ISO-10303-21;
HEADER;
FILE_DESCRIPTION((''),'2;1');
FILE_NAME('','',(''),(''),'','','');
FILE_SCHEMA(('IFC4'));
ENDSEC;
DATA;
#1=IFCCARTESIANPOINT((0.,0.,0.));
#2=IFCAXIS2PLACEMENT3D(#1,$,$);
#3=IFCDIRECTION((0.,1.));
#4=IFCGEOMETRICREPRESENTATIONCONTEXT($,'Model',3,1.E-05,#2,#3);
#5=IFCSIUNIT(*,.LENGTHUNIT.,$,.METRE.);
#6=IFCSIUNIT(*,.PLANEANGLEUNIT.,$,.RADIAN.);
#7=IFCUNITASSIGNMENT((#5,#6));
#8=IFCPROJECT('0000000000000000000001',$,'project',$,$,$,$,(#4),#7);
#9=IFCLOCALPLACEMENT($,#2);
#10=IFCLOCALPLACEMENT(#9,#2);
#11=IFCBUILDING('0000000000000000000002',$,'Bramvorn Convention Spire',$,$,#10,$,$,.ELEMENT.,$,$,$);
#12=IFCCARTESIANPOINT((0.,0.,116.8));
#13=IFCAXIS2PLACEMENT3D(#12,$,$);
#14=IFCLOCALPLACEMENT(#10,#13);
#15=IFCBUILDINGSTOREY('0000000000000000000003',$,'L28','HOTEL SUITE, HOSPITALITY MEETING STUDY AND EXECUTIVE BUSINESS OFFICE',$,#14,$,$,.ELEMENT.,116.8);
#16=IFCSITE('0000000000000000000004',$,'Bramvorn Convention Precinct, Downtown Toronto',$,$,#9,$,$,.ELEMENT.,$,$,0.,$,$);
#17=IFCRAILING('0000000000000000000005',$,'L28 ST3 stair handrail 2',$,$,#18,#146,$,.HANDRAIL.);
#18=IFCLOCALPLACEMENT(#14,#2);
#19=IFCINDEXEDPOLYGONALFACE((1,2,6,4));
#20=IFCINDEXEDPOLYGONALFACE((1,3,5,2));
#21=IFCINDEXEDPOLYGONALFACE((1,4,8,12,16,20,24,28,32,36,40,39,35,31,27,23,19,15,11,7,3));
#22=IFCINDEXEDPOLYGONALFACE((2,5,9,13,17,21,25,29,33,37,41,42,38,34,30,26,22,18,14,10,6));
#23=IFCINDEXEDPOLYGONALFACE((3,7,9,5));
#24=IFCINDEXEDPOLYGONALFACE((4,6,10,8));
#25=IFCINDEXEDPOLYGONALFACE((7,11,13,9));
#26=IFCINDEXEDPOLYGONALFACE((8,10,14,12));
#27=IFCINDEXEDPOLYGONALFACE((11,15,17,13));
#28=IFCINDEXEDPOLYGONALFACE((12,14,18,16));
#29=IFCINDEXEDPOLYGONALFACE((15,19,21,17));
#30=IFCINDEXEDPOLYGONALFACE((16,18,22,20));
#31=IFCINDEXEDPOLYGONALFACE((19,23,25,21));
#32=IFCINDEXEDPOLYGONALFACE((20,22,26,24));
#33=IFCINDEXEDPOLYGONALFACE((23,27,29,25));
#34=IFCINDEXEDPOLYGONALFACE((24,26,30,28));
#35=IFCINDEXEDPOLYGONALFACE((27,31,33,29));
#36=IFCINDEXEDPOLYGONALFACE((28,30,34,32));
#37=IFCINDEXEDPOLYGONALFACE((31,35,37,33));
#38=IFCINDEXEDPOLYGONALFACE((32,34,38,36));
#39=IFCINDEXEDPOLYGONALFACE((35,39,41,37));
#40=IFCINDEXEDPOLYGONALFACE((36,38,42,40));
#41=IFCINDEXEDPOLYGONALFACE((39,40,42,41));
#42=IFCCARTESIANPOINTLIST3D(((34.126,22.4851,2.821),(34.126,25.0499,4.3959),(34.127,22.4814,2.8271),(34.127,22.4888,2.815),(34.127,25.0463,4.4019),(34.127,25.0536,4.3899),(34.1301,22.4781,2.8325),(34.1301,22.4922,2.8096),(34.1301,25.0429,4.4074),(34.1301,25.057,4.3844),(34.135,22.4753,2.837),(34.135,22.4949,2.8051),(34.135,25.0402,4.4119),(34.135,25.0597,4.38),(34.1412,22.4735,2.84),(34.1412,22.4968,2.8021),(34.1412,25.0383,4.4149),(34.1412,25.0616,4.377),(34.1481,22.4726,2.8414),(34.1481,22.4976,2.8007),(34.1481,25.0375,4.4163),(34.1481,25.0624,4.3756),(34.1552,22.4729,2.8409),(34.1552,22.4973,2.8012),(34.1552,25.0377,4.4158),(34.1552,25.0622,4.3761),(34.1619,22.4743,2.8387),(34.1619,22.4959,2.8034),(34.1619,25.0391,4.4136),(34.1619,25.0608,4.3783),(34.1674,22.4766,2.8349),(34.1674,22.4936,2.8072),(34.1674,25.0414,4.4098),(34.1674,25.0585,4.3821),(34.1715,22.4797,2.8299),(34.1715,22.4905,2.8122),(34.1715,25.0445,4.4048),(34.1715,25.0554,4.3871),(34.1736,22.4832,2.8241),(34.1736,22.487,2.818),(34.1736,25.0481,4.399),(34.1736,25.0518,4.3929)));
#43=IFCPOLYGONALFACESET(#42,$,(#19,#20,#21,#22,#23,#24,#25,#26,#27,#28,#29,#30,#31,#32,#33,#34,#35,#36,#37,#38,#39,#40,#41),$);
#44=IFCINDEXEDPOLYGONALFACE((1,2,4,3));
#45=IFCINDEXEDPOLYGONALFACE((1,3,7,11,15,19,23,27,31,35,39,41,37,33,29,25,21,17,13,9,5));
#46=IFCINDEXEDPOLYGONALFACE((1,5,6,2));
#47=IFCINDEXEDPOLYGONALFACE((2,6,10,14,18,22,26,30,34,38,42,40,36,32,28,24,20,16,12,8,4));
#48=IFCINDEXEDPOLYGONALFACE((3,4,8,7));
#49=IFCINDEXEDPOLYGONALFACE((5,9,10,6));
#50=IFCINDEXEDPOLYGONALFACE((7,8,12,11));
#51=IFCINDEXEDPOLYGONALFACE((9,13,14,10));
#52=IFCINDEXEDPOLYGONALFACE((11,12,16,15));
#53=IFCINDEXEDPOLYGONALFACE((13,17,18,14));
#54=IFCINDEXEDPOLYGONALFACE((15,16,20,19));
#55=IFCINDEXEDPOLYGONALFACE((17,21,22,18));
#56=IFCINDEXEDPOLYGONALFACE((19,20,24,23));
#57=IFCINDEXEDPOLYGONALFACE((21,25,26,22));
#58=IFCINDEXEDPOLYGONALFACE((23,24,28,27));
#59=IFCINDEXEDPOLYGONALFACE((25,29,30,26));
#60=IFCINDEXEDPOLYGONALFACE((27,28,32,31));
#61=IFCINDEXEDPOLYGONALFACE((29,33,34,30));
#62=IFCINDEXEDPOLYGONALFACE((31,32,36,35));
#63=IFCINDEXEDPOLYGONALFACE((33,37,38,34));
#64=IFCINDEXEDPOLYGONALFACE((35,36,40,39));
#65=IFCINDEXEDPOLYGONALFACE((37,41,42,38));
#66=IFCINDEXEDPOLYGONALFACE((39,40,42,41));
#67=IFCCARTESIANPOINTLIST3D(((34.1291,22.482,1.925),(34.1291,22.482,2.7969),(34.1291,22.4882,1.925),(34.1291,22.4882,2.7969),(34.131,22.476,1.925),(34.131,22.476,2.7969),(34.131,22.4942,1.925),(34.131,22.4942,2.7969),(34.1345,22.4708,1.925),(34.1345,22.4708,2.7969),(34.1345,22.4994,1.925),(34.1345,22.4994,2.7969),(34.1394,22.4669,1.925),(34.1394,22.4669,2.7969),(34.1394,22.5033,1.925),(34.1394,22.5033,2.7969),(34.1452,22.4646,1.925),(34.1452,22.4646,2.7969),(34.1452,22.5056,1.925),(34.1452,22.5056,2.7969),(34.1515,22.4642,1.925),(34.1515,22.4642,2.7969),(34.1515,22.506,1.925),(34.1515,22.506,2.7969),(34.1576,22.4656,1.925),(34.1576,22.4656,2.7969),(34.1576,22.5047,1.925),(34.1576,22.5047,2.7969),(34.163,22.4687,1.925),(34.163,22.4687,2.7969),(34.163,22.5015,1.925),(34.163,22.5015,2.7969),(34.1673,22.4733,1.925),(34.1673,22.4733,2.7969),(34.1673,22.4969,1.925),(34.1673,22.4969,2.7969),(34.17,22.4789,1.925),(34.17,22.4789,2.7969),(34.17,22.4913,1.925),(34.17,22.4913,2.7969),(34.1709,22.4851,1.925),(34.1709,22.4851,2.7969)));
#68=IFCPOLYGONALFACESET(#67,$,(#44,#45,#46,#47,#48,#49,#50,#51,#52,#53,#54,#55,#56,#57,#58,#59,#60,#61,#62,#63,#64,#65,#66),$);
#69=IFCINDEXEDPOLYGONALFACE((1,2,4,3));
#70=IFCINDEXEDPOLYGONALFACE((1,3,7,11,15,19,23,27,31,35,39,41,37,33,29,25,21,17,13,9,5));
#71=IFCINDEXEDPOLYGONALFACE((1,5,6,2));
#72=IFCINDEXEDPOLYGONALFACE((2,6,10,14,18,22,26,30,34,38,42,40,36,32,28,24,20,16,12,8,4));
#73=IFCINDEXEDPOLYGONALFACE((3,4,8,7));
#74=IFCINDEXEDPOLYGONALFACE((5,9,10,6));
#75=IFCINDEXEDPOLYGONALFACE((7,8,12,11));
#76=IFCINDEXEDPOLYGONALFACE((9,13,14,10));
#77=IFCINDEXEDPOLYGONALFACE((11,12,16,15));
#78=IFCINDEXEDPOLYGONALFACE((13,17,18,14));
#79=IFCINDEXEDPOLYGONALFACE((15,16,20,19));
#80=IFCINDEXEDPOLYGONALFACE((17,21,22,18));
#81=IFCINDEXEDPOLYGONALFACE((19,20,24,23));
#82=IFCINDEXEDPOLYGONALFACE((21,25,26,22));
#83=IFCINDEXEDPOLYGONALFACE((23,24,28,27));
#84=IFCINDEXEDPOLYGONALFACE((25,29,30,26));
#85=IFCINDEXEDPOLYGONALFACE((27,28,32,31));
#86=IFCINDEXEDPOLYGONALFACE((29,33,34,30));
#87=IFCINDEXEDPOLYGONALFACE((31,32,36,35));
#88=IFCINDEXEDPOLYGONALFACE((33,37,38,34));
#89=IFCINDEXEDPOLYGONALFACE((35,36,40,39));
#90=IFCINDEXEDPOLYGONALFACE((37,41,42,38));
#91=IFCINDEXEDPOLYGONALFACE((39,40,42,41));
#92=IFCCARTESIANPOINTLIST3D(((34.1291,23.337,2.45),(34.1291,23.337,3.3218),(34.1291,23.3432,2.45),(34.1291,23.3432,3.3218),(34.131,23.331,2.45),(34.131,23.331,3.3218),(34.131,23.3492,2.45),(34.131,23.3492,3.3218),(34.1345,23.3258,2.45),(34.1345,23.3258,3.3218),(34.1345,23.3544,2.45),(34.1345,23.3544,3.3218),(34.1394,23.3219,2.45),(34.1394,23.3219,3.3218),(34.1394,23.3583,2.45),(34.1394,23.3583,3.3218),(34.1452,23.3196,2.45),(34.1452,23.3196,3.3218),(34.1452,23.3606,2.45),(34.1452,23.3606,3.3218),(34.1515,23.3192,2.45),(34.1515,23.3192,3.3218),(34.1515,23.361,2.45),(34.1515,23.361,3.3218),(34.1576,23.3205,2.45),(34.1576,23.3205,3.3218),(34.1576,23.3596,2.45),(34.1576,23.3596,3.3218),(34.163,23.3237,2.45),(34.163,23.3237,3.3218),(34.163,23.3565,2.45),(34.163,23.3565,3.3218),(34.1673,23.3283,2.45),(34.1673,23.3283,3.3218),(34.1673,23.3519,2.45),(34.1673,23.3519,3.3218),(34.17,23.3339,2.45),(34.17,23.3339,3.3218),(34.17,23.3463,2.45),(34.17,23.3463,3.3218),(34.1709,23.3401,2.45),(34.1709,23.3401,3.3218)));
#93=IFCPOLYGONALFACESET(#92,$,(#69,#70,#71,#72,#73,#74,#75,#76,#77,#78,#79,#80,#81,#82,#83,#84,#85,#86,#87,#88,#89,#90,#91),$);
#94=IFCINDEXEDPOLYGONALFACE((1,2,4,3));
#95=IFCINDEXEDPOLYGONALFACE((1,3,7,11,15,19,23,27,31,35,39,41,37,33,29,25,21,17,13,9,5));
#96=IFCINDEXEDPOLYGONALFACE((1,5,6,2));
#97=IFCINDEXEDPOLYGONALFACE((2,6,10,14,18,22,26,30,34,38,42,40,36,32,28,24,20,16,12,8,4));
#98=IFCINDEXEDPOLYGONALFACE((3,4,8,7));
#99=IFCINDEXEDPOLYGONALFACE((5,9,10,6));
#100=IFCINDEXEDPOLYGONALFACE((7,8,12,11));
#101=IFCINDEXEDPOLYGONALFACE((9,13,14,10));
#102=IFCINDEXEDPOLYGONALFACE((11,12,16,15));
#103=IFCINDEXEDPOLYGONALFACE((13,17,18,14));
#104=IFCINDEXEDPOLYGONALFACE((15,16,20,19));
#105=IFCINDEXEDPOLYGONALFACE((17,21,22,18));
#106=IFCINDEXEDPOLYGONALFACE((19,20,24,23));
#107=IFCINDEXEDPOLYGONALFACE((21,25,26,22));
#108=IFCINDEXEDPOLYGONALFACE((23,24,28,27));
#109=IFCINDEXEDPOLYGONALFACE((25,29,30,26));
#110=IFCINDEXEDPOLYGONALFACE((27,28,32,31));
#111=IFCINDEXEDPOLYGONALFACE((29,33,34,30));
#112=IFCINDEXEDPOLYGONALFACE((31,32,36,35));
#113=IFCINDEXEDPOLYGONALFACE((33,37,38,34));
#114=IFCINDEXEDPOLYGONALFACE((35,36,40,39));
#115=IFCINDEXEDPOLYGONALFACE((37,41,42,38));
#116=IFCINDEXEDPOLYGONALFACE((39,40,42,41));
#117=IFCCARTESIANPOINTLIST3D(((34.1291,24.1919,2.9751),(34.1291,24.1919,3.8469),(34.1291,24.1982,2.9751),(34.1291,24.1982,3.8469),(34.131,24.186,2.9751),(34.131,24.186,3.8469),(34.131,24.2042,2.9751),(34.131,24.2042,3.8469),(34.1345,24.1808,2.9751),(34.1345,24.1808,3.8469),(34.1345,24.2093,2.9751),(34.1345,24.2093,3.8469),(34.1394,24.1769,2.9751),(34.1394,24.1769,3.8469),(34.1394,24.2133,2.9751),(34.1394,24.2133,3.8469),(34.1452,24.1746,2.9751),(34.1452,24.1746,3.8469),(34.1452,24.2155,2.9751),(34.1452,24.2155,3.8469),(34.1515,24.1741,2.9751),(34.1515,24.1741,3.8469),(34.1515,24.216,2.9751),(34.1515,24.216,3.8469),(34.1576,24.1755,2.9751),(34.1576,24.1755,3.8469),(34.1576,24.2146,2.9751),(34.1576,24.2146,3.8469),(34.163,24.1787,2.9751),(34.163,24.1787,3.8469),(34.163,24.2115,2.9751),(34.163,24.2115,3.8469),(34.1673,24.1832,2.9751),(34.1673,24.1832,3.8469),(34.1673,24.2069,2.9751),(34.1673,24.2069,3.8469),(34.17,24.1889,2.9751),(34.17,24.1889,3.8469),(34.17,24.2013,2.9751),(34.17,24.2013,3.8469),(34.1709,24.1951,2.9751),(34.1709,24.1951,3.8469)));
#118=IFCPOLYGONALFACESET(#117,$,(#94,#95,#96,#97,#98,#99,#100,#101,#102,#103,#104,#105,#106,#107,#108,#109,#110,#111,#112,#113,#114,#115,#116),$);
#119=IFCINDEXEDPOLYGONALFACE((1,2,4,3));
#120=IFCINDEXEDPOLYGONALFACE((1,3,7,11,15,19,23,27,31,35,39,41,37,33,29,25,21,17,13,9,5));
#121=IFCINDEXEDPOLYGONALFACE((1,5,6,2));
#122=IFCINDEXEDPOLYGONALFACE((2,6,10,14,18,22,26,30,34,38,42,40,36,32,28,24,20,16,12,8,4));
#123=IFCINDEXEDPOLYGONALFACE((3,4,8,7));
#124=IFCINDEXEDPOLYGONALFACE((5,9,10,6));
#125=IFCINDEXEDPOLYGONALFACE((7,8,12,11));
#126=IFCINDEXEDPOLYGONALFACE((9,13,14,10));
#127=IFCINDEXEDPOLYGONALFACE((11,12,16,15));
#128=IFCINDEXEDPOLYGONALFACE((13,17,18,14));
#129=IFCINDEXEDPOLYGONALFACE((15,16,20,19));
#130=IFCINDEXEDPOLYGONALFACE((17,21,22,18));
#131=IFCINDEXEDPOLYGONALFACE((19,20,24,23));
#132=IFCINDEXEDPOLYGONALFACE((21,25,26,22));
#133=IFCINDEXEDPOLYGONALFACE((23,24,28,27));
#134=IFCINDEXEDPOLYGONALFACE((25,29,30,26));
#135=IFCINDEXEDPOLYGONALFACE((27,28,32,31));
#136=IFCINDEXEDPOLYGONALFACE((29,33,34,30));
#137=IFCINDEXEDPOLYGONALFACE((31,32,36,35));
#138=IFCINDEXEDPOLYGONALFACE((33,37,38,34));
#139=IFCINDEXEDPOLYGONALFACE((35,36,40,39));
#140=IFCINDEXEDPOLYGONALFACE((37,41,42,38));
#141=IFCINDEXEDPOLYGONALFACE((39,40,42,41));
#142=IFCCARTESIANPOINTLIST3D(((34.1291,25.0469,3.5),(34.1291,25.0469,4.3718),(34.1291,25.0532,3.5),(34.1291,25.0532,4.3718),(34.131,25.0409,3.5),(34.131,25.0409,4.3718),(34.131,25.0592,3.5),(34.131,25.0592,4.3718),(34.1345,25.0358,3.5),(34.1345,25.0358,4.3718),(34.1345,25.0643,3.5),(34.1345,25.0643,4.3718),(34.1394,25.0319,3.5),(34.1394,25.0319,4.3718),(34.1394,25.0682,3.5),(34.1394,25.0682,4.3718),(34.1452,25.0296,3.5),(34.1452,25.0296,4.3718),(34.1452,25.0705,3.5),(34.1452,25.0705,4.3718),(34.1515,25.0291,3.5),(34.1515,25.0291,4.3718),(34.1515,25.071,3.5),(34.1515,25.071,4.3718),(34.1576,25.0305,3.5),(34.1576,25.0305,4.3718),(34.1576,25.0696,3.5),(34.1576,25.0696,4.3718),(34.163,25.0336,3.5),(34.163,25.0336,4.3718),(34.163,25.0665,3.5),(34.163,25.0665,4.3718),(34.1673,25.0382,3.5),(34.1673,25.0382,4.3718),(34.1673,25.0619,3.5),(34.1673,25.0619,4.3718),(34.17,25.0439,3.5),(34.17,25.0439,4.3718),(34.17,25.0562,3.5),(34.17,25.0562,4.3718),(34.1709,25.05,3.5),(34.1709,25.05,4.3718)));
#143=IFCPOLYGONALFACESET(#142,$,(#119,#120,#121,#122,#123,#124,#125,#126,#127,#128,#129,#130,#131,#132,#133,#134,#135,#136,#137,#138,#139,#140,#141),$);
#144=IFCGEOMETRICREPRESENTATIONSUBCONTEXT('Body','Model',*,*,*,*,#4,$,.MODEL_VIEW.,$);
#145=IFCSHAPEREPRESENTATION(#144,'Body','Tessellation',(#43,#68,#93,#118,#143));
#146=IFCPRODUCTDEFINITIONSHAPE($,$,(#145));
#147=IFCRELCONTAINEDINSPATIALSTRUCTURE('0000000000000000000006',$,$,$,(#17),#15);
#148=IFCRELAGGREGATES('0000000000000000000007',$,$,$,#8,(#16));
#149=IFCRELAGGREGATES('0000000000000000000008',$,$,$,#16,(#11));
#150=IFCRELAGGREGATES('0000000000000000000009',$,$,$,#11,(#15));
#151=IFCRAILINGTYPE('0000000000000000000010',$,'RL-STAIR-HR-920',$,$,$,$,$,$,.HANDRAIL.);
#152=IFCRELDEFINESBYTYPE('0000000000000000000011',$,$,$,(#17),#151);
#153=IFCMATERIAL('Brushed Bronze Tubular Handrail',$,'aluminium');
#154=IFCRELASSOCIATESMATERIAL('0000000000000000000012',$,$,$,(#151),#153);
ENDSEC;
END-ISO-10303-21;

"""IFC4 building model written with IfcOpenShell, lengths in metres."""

from ifc_helpers import new_model, si_unit, direction, frame, origin, origin_2d, place, context, subcontext, project, spatial, circle, extrude, material, type_object, element, save


model = new_model("IFC4")

# Units and contexts
model_context = context("Model", 3, precision=1e-05, world=origin(), true_north=direction((0.0, 1.0)))
body_context = subcontext(model_context, "Body", "Model", "MODEL_VIEW")
ifc_project = project(units=[si_unit("LENGTHUNIT", "METRE"), si_unit("PLANEANGLEUNIT", "RADIAN")], contexts=[model_context])

# Site, building, storey
site_placement = place(None, origin())
site = spatial("IfcSite", under=ifc_project, at=site_placement, Name="Bramvorn Convention Precinct, Downtown Toronto", CompositionType="ELEMENT", RefElevation=0.0)
building_placement = place(site_placement, origin())
building = spatial("IfcBuilding", under=site, at=building_placement, Name="Bramvorn Convention Spire", CompositionType="ELEMENT")
storey_placement = place(building_placement, frame((0.0, 0.0, 116.8)))
storey = spatial("IfcBuildingStorey", under=building, at=storey_placement, Name="L28", Description="HOTEL SUITE, HOSPITALITY MEETING STUDY AND EXECUTIVE BUSINESS OFFICE", CompositionType="ELEMENT", Elevation=116.8)

# Railing
ifc_material_1 = material(Name="Brushed Bronze Tubular Handrail", Category="aluminium")
railing_type_1 = type_object("IfcRailingType", Name="RL-STAIR-HR-920", PredefinedType="HANDRAIL", material=ifc_material_1)
railing_1_placement = place(storey_placement, frame((34.1499, 22.4851, 1.925)))
element("IfcRailing", 1, at=railing_1_placement, inside=storey, type_object=railing_type_1, Name="L28 ST3 stair handrail 2", PredefinedType="HANDRAIL", context=body_context, shape_type="SweptSolid", body=[
    extrude(circle(Radius=0.0239, at=origin_2d()), frame((0.0, 0.0, 0.896), z_axis=(0.0, 0.852173, 0.52326), x_axis=(-1.0, 0.0, 0.0)), (0.0, 0.0, 1.0), 3.0098),
    extrude(circle(Radius=0.021, at=origin_2d()), origin(), (0.0, 0.0, 1.0), 0.8718),
    extrude(circle(Radius=0.021, at=origin_2d()), frame((0.0, 0.855, 0.5249)), (0.0, 0.0, 1.0), 0.8718),
    extrude(circle(Radius=0.021, at=origin_2d()), frame((0.0, 1.71, 1.05)), (0.0, 0.0, 1.0), 0.8718),
    extrude(circle(Radius=0.021, at=origin_2d()), frame((0.0, 2.5649, 1.575)), (0.0, 0.0, 1.0), 0.8718),
])

save(model, "model.ifc")
